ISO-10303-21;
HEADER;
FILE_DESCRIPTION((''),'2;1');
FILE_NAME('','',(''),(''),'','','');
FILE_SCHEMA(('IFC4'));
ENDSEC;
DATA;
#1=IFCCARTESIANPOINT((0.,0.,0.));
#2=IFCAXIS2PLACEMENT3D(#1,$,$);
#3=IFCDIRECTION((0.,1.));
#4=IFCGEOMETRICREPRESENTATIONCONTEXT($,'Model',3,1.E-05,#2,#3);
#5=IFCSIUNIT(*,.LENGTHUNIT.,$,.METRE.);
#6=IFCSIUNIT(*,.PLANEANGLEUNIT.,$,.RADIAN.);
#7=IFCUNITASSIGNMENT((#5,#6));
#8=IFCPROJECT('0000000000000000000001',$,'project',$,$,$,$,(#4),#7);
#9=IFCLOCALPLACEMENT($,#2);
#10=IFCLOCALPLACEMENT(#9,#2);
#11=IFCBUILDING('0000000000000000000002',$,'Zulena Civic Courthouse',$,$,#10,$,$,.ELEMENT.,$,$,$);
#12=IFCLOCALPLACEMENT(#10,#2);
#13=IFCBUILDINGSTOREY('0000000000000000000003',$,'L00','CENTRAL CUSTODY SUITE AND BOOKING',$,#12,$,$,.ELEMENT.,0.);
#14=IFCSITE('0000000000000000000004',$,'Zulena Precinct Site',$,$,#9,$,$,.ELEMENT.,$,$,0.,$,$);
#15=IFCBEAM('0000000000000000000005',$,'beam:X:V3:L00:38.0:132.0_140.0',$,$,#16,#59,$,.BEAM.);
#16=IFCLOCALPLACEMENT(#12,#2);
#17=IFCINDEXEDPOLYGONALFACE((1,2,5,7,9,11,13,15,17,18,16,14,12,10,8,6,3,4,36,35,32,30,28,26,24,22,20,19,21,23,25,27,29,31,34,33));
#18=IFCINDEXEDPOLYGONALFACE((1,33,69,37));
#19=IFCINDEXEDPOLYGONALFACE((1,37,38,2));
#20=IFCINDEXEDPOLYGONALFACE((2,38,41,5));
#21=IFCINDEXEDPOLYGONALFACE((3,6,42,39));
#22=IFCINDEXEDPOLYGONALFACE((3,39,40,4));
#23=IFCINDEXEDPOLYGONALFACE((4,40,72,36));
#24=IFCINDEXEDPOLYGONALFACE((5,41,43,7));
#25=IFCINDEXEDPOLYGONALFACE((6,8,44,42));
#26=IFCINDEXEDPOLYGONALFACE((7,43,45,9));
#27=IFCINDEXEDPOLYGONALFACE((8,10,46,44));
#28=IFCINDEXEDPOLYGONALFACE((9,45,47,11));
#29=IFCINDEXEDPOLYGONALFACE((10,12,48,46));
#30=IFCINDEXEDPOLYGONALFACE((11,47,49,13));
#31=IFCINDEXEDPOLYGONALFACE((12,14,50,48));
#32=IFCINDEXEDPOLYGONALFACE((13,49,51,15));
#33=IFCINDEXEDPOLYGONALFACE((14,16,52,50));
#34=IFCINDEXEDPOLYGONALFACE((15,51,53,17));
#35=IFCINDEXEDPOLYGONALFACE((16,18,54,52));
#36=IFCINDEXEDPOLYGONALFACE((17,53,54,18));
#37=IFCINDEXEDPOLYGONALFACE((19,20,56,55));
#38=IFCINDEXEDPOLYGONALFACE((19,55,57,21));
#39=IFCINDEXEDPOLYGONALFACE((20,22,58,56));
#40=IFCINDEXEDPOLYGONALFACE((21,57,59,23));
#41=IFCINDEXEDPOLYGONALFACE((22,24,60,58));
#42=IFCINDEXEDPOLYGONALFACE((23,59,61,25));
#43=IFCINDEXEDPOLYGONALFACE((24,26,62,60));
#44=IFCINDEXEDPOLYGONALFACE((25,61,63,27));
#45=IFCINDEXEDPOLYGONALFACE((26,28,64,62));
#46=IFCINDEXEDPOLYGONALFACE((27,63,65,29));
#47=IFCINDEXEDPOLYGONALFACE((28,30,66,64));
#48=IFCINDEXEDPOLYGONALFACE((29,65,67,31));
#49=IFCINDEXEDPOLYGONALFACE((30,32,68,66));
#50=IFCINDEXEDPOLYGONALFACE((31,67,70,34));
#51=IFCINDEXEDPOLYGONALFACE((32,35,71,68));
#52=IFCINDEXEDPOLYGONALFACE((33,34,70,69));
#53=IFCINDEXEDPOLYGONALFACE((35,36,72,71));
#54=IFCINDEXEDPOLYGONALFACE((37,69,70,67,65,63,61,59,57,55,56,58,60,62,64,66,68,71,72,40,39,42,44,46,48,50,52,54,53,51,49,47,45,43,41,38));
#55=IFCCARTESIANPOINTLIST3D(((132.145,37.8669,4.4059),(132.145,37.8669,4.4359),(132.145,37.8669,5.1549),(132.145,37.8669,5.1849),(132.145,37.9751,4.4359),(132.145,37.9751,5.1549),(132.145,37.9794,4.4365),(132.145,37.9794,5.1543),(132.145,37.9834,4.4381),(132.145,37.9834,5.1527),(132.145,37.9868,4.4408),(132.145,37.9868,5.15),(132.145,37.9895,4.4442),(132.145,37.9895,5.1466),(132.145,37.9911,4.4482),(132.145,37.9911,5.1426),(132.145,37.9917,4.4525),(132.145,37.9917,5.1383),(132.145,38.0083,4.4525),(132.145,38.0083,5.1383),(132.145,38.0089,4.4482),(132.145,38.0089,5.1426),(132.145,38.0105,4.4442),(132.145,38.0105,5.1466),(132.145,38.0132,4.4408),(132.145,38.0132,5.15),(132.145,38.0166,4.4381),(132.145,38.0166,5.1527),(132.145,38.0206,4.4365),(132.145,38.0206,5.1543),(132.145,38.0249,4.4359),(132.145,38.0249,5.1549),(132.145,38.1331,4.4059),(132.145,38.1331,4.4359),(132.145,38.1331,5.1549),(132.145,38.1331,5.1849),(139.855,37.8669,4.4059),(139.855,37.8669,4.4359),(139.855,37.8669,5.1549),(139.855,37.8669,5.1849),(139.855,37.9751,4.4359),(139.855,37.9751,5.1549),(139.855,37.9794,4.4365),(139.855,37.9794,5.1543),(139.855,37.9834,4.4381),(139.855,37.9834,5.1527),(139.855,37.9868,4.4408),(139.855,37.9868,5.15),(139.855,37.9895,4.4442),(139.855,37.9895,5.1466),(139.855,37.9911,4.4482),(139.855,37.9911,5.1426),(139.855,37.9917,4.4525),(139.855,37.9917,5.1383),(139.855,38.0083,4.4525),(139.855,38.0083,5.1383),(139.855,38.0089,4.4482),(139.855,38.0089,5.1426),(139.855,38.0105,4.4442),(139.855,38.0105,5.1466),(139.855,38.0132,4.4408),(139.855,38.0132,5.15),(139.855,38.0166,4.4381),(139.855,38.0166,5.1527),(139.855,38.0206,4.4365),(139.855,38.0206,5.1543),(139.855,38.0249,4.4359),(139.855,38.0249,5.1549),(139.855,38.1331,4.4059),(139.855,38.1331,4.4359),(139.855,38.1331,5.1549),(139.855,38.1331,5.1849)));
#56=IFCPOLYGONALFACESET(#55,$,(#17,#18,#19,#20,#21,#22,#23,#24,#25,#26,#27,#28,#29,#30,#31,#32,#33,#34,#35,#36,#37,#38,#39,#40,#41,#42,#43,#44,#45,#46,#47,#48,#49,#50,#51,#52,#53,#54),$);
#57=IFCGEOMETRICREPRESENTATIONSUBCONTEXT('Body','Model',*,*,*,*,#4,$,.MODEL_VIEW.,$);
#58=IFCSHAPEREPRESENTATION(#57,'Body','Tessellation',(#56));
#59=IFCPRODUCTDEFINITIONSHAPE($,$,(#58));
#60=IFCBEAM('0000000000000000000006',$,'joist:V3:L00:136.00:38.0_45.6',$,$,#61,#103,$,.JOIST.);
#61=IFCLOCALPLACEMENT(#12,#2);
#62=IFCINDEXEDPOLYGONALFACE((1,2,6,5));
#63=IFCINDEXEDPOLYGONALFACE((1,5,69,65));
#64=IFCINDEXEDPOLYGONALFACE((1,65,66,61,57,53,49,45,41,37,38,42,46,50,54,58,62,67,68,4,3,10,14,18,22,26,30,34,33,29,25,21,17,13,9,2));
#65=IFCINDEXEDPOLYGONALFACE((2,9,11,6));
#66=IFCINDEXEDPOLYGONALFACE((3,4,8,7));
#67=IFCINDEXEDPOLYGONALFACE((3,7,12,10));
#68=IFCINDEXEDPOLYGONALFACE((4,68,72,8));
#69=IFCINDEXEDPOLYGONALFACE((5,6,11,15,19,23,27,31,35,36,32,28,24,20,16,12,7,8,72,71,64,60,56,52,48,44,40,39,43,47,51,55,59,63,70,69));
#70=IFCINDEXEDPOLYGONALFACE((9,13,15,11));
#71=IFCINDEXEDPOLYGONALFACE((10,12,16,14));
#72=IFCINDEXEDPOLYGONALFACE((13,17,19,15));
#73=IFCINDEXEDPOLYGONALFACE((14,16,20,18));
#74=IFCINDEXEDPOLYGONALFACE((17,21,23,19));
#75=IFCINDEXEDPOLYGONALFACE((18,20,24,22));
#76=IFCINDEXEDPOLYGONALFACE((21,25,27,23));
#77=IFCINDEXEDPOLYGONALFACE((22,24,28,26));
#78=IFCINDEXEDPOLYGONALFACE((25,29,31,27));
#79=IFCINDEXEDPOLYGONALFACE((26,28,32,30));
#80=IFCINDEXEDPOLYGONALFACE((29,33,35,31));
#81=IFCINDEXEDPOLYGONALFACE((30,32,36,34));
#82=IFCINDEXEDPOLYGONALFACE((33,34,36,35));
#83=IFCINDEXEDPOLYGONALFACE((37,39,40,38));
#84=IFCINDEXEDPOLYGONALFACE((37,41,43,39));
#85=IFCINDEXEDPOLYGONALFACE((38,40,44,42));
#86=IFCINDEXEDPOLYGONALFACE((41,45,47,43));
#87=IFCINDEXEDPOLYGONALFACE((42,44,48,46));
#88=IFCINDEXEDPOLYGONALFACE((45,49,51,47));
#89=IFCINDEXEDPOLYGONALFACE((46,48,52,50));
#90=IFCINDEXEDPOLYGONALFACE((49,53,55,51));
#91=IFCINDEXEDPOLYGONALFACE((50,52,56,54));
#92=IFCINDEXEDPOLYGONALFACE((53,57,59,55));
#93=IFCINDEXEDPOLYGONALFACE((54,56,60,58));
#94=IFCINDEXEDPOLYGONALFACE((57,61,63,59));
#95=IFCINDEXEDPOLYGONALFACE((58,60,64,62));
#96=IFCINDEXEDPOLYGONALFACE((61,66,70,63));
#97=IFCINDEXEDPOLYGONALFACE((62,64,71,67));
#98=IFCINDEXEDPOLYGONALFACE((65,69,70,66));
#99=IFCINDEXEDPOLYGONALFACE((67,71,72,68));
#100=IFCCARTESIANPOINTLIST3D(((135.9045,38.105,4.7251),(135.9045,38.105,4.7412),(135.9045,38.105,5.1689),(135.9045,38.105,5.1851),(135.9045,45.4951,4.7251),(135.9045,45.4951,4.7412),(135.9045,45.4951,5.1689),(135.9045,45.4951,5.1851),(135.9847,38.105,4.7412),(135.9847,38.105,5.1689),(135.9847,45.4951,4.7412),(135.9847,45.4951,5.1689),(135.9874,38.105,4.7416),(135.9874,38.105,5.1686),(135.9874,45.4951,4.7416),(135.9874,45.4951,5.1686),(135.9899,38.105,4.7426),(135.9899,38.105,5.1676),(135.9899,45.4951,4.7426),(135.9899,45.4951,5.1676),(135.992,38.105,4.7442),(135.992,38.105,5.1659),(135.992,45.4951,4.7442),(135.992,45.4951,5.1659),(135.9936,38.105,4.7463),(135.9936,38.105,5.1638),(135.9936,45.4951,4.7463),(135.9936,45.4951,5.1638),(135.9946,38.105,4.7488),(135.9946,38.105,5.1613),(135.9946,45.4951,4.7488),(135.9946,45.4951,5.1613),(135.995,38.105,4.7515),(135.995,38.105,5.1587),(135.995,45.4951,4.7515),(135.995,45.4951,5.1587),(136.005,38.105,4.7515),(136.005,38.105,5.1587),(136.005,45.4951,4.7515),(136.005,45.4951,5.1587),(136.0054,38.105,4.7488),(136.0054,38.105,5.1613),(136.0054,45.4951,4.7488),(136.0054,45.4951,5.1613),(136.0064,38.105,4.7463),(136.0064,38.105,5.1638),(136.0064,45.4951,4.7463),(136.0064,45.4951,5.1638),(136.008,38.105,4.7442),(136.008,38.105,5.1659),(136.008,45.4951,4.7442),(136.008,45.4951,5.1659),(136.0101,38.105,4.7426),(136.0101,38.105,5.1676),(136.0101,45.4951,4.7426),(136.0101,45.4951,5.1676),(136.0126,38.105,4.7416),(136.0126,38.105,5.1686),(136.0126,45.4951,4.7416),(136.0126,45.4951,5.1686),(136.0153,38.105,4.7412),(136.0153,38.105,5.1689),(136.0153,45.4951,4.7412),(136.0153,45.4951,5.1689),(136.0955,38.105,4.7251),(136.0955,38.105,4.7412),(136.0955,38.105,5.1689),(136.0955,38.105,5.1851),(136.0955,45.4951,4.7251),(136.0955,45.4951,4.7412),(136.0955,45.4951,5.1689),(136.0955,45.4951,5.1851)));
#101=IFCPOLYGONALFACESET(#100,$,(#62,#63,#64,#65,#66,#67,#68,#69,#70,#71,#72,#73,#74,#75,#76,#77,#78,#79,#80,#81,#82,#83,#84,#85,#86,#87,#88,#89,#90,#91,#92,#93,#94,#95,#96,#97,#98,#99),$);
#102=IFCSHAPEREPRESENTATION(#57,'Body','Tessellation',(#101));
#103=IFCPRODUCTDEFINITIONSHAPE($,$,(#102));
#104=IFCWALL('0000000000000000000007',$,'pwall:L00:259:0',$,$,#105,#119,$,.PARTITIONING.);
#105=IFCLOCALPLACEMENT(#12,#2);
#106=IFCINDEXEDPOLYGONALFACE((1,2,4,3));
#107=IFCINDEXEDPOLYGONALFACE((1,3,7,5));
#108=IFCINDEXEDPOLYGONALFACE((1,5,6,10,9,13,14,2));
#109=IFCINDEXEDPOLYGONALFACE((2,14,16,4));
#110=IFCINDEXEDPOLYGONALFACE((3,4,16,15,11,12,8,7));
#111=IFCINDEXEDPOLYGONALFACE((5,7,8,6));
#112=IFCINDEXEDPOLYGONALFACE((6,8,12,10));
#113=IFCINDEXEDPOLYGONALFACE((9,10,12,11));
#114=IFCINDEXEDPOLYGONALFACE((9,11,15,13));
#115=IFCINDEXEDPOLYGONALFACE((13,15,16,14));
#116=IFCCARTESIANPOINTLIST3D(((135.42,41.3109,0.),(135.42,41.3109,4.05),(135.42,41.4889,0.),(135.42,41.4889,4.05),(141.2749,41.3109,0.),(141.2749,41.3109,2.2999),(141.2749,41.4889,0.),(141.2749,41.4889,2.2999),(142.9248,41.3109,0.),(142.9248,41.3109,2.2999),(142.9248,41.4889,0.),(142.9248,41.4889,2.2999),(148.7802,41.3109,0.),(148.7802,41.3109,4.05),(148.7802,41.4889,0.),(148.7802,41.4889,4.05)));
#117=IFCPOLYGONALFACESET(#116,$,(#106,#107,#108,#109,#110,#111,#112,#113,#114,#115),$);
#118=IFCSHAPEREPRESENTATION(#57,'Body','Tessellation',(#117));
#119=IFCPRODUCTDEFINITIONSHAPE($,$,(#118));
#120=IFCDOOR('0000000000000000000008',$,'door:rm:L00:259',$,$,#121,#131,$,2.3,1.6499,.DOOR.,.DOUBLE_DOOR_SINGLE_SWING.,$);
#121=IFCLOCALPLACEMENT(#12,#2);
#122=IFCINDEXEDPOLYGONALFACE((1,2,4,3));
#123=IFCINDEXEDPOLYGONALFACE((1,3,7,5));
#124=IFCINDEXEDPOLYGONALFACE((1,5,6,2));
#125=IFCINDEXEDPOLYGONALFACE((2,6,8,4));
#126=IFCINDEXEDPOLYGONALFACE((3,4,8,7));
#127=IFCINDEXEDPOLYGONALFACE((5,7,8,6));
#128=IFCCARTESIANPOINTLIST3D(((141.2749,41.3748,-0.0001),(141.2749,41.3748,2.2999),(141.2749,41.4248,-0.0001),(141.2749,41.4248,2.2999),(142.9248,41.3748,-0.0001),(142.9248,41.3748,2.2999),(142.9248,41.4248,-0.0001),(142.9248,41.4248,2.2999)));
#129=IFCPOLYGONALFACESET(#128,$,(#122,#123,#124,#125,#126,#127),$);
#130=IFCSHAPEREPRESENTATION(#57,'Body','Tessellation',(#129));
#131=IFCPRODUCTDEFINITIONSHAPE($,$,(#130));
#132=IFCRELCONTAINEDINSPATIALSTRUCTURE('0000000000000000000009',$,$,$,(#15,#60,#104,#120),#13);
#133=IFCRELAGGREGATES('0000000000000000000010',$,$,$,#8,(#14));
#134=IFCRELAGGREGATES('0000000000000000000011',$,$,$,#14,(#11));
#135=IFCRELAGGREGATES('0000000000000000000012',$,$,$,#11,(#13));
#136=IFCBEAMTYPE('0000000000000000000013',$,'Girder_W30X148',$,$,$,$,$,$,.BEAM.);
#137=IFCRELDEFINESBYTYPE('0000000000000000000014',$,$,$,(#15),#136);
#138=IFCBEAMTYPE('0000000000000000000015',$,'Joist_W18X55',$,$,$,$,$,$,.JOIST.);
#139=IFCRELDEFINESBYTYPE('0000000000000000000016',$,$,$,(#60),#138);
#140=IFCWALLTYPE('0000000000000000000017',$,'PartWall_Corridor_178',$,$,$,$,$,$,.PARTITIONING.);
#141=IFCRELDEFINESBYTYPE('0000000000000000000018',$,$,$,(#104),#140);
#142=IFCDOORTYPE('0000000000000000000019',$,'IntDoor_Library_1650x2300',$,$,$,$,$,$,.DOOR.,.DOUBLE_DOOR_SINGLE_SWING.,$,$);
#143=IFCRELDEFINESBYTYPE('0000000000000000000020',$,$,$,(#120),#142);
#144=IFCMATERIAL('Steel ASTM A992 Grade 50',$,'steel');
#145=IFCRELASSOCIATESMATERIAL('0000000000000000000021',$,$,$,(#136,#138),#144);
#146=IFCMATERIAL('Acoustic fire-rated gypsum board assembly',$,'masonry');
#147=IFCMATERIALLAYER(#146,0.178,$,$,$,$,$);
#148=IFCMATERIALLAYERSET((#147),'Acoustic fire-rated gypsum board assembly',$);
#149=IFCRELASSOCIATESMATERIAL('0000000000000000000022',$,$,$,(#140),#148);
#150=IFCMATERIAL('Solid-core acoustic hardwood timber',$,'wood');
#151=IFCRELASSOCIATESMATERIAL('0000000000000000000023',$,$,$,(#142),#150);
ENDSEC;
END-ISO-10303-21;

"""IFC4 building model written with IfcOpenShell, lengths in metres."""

from ifc_helpers import new_model, si_unit, direction, frame, frame_2d, origin, origin_2d, place, context, subcontext, project, spatial, rectangle, i_section, extrude, material, layer, layer_set, material_profile, profile_set, type_object, element, fill, save


model = new_model("IFC4")

# Units and contexts
model_context = context("Model", 3, precision=1e-05, world=origin(), true_north=direction((0.0, 1.0)))
body_context = subcontext(model_context, "Body", "Model", "MODEL_VIEW")
ifc_project = project(units=[si_unit("LENGTHUNIT", "METRE"), si_unit("PLANEANGLEUNIT", "RADIAN")], contexts=[model_context])

# Site, building, storey
site_placement = place(None, origin())
site = spatial("IfcSite", under=ifc_project, at=site_placement, Name="Zulena Precinct Site", CompositionType="ELEMENT", RefElevation=0.0)
building_placement = place(site_placement, origin())
building = spatial("IfcBuilding", under=site, at=building_placement, Name="Zulena Civic Courthouse", CompositionType="ELEMENT")
storey_placement = place(building_placement, origin())
storey = spatial("IfcBuildingStorey", under=building, at=storey_placement, Name="L00", Description="CENTRAL CUSTODY SUITE AND BOOKING", CompositionType="ELEMENT", Elevation=0.0)

# Shared definitions
ifc_material_1 = material(Name="Steel ASTM A992 Grade 50", Category="steel")

# Beams
ifc_material_profile_1 = material_profile(ifc_material_1, i_section(OverallWidth=0.2661, OverallDepth=0.7791, WebThickness=0.0166, FlangeThickness=0.03, FilletRadius=0.0166, at=origin_2d()), Name="W30X148")
ifc_profile_set_1 = profile_set([ifc_material_profile_1], Name="Steel ASTM A992 Grade 50")
beam_type_1 = type_object("IfcBeamType", Name="Girder_W30X148", PredefinedType="BEAM", material=ifc_profile_set_1)
beam_1_placement = place(storey_placement, frame((132.145, 38.0, 4.7954), z_axis=(1.0, 0.0, 0.0), x_axis=(0.0, 1.0, 0.0)))
element("IfcBeam", 1, at=beam_1_placement, inside=storey, type_object=beam_type_1, Name="beam:X:V3:L00:38.0:132.0_140.0", PredefinedType="BEAM", context=body_context, shape_type="SweptSolid", body=[
    extrude(i_section(OverallWidth=0.2661, OverallDepth=0.7791, WebThickness=0.0166, FlangeThickness=0.03, FilletRadius=0.0166, at=origin_2d()), origin(), (0.0, 0.0, 1.0), 7.71),
])
ifc_material_profile_2 = material_profile(ifc_material_1, i_section(OverallWidth=0.1909, OverallDepth=0.46, WebThickness=0.01, FlangeThickness=0.0161, FilletRadius=0.0103, at=origin_2d()), Name="W18X55")
ifc_profile_set_2 = profile_set([ifc_material_profile_2], Name="Steel ASTM A992 Grade 50")
beam_type_2 = type_object("IfcBeamType", Name="Joist_W18X55", PredefinedType="JOIST", material=ifc_profile_set_2)
beam_2_placement = place(storey_placement, frame((136.0, 38.105, 4.9551), z_axis=(0.0, 1.0, 0.0), x_axis=(-1.0, 0.0, 0.0)))
element("IfcBeam", 2, at=beam_2_placement, inside=storey, type_object=beam_type_2, Name="joist:V3:L00:136.00:38.0_45.6", PredefinedType="JOIST", context=body_context, shape_type="SweptSolid", body=[
    extrude(i_section(OverallWidth=0.1909, OverallDepth=0.46, WebThickness=0.01, FlangeThickness=0.0161, FilletRadius=0.0103, at=origin_2d()), origin(), (0.0, 0.0, 1.0), 7.3901),
])

# Wall, opening, door
ifc_material_2 = material(Name="Acoustic fire-rated gypsum board assembly", Category="masonry")
ifc_layer = layer(ifc_material_2, 0.178)
ifc_layer_set = layer_set([ifc_layer], Name="Acoustic fire-rated gypsum board assembly")
wall_type = type_object("IfcWallType", Name="PartWall_Corridor_178", PredefinedType="PARTITIONING", material=ifc_layer_set)
wall_placement = place(storey_placement, frame((135.4199, 41.3999, 0.0), z_axis=(0.0, 0.0, 1.0), x_axis=(1.0, 0.0, 0.0)))
wall = element("IfcWall", 3, at=wall_placement, inside=storey, type_object=wall_type, Name="pwall:L00:259:0", PredefinedType="PARTITIONING", context=body_context, shape_type="SweptSolid", body=[
    extrude(rectangle(XDim=13.3601, YDim=0.178, at=frame_2d((6.6802, 0.0))), origin(), (0.0, 0.0, 1.0), 4.05),
])
opening_placement = place(wall_placement, frame((5.855, 0.0, 0.0)))
opening = element("IfcOpeningElement", 4, at=opening_placement, cuts=wall, PredefinedType="OPENING", context=body_context, shape_type="SweptSolid", body=[
    extrude(rectangle(XDim=1.6499, YDim=2.3, at=frame_2d((0.825, 1.1499))), frame((0.0, 0.0989, 0.0), z_axis=(0.0, -1.0, 0.0), x_axis=(1.0, 0.0, 0.0)), (0.0, 0.0, 1.0), 0.198),
])
ifc_material_3 = material(Name="Solid-core acoustic hardwood timber", Category="wood")
door_type = type_object("IfcDoorType", Name="IntDoor_Library_1650x2300", OperationType="DOUBLE_DOOR_SINGLE_SWING", PredefinedType="DOOR", material=ifc_material_3)
door_placement = place(opening_placement, origin())
door = element("IfcDoor", 5, at=door_placement, inside=storey, type_object=door_type, Name="door:rm:L00:259", OperationType="DOUBLE_DOOR_SINGLE_SWING", OverallHeight=2.3, OverallWidth=1.6499, PredefinedType="DOOR", context=body_context, shape_type="SweptSolid", body=[
    extrude(rectangle(XDim=1.6499, YDim=2.3, at=frame_2d((0.825, 1.1499))), frame((0.0, 0.0249, 0.0), z_axis=(0.0, -1.0, 0.0), x_axis=(1.0, 0.0, 0.0)), (0.0, 0.0, 1.0), 0.05),
])
fill(opening, door)

save(model, "model.ifc")
